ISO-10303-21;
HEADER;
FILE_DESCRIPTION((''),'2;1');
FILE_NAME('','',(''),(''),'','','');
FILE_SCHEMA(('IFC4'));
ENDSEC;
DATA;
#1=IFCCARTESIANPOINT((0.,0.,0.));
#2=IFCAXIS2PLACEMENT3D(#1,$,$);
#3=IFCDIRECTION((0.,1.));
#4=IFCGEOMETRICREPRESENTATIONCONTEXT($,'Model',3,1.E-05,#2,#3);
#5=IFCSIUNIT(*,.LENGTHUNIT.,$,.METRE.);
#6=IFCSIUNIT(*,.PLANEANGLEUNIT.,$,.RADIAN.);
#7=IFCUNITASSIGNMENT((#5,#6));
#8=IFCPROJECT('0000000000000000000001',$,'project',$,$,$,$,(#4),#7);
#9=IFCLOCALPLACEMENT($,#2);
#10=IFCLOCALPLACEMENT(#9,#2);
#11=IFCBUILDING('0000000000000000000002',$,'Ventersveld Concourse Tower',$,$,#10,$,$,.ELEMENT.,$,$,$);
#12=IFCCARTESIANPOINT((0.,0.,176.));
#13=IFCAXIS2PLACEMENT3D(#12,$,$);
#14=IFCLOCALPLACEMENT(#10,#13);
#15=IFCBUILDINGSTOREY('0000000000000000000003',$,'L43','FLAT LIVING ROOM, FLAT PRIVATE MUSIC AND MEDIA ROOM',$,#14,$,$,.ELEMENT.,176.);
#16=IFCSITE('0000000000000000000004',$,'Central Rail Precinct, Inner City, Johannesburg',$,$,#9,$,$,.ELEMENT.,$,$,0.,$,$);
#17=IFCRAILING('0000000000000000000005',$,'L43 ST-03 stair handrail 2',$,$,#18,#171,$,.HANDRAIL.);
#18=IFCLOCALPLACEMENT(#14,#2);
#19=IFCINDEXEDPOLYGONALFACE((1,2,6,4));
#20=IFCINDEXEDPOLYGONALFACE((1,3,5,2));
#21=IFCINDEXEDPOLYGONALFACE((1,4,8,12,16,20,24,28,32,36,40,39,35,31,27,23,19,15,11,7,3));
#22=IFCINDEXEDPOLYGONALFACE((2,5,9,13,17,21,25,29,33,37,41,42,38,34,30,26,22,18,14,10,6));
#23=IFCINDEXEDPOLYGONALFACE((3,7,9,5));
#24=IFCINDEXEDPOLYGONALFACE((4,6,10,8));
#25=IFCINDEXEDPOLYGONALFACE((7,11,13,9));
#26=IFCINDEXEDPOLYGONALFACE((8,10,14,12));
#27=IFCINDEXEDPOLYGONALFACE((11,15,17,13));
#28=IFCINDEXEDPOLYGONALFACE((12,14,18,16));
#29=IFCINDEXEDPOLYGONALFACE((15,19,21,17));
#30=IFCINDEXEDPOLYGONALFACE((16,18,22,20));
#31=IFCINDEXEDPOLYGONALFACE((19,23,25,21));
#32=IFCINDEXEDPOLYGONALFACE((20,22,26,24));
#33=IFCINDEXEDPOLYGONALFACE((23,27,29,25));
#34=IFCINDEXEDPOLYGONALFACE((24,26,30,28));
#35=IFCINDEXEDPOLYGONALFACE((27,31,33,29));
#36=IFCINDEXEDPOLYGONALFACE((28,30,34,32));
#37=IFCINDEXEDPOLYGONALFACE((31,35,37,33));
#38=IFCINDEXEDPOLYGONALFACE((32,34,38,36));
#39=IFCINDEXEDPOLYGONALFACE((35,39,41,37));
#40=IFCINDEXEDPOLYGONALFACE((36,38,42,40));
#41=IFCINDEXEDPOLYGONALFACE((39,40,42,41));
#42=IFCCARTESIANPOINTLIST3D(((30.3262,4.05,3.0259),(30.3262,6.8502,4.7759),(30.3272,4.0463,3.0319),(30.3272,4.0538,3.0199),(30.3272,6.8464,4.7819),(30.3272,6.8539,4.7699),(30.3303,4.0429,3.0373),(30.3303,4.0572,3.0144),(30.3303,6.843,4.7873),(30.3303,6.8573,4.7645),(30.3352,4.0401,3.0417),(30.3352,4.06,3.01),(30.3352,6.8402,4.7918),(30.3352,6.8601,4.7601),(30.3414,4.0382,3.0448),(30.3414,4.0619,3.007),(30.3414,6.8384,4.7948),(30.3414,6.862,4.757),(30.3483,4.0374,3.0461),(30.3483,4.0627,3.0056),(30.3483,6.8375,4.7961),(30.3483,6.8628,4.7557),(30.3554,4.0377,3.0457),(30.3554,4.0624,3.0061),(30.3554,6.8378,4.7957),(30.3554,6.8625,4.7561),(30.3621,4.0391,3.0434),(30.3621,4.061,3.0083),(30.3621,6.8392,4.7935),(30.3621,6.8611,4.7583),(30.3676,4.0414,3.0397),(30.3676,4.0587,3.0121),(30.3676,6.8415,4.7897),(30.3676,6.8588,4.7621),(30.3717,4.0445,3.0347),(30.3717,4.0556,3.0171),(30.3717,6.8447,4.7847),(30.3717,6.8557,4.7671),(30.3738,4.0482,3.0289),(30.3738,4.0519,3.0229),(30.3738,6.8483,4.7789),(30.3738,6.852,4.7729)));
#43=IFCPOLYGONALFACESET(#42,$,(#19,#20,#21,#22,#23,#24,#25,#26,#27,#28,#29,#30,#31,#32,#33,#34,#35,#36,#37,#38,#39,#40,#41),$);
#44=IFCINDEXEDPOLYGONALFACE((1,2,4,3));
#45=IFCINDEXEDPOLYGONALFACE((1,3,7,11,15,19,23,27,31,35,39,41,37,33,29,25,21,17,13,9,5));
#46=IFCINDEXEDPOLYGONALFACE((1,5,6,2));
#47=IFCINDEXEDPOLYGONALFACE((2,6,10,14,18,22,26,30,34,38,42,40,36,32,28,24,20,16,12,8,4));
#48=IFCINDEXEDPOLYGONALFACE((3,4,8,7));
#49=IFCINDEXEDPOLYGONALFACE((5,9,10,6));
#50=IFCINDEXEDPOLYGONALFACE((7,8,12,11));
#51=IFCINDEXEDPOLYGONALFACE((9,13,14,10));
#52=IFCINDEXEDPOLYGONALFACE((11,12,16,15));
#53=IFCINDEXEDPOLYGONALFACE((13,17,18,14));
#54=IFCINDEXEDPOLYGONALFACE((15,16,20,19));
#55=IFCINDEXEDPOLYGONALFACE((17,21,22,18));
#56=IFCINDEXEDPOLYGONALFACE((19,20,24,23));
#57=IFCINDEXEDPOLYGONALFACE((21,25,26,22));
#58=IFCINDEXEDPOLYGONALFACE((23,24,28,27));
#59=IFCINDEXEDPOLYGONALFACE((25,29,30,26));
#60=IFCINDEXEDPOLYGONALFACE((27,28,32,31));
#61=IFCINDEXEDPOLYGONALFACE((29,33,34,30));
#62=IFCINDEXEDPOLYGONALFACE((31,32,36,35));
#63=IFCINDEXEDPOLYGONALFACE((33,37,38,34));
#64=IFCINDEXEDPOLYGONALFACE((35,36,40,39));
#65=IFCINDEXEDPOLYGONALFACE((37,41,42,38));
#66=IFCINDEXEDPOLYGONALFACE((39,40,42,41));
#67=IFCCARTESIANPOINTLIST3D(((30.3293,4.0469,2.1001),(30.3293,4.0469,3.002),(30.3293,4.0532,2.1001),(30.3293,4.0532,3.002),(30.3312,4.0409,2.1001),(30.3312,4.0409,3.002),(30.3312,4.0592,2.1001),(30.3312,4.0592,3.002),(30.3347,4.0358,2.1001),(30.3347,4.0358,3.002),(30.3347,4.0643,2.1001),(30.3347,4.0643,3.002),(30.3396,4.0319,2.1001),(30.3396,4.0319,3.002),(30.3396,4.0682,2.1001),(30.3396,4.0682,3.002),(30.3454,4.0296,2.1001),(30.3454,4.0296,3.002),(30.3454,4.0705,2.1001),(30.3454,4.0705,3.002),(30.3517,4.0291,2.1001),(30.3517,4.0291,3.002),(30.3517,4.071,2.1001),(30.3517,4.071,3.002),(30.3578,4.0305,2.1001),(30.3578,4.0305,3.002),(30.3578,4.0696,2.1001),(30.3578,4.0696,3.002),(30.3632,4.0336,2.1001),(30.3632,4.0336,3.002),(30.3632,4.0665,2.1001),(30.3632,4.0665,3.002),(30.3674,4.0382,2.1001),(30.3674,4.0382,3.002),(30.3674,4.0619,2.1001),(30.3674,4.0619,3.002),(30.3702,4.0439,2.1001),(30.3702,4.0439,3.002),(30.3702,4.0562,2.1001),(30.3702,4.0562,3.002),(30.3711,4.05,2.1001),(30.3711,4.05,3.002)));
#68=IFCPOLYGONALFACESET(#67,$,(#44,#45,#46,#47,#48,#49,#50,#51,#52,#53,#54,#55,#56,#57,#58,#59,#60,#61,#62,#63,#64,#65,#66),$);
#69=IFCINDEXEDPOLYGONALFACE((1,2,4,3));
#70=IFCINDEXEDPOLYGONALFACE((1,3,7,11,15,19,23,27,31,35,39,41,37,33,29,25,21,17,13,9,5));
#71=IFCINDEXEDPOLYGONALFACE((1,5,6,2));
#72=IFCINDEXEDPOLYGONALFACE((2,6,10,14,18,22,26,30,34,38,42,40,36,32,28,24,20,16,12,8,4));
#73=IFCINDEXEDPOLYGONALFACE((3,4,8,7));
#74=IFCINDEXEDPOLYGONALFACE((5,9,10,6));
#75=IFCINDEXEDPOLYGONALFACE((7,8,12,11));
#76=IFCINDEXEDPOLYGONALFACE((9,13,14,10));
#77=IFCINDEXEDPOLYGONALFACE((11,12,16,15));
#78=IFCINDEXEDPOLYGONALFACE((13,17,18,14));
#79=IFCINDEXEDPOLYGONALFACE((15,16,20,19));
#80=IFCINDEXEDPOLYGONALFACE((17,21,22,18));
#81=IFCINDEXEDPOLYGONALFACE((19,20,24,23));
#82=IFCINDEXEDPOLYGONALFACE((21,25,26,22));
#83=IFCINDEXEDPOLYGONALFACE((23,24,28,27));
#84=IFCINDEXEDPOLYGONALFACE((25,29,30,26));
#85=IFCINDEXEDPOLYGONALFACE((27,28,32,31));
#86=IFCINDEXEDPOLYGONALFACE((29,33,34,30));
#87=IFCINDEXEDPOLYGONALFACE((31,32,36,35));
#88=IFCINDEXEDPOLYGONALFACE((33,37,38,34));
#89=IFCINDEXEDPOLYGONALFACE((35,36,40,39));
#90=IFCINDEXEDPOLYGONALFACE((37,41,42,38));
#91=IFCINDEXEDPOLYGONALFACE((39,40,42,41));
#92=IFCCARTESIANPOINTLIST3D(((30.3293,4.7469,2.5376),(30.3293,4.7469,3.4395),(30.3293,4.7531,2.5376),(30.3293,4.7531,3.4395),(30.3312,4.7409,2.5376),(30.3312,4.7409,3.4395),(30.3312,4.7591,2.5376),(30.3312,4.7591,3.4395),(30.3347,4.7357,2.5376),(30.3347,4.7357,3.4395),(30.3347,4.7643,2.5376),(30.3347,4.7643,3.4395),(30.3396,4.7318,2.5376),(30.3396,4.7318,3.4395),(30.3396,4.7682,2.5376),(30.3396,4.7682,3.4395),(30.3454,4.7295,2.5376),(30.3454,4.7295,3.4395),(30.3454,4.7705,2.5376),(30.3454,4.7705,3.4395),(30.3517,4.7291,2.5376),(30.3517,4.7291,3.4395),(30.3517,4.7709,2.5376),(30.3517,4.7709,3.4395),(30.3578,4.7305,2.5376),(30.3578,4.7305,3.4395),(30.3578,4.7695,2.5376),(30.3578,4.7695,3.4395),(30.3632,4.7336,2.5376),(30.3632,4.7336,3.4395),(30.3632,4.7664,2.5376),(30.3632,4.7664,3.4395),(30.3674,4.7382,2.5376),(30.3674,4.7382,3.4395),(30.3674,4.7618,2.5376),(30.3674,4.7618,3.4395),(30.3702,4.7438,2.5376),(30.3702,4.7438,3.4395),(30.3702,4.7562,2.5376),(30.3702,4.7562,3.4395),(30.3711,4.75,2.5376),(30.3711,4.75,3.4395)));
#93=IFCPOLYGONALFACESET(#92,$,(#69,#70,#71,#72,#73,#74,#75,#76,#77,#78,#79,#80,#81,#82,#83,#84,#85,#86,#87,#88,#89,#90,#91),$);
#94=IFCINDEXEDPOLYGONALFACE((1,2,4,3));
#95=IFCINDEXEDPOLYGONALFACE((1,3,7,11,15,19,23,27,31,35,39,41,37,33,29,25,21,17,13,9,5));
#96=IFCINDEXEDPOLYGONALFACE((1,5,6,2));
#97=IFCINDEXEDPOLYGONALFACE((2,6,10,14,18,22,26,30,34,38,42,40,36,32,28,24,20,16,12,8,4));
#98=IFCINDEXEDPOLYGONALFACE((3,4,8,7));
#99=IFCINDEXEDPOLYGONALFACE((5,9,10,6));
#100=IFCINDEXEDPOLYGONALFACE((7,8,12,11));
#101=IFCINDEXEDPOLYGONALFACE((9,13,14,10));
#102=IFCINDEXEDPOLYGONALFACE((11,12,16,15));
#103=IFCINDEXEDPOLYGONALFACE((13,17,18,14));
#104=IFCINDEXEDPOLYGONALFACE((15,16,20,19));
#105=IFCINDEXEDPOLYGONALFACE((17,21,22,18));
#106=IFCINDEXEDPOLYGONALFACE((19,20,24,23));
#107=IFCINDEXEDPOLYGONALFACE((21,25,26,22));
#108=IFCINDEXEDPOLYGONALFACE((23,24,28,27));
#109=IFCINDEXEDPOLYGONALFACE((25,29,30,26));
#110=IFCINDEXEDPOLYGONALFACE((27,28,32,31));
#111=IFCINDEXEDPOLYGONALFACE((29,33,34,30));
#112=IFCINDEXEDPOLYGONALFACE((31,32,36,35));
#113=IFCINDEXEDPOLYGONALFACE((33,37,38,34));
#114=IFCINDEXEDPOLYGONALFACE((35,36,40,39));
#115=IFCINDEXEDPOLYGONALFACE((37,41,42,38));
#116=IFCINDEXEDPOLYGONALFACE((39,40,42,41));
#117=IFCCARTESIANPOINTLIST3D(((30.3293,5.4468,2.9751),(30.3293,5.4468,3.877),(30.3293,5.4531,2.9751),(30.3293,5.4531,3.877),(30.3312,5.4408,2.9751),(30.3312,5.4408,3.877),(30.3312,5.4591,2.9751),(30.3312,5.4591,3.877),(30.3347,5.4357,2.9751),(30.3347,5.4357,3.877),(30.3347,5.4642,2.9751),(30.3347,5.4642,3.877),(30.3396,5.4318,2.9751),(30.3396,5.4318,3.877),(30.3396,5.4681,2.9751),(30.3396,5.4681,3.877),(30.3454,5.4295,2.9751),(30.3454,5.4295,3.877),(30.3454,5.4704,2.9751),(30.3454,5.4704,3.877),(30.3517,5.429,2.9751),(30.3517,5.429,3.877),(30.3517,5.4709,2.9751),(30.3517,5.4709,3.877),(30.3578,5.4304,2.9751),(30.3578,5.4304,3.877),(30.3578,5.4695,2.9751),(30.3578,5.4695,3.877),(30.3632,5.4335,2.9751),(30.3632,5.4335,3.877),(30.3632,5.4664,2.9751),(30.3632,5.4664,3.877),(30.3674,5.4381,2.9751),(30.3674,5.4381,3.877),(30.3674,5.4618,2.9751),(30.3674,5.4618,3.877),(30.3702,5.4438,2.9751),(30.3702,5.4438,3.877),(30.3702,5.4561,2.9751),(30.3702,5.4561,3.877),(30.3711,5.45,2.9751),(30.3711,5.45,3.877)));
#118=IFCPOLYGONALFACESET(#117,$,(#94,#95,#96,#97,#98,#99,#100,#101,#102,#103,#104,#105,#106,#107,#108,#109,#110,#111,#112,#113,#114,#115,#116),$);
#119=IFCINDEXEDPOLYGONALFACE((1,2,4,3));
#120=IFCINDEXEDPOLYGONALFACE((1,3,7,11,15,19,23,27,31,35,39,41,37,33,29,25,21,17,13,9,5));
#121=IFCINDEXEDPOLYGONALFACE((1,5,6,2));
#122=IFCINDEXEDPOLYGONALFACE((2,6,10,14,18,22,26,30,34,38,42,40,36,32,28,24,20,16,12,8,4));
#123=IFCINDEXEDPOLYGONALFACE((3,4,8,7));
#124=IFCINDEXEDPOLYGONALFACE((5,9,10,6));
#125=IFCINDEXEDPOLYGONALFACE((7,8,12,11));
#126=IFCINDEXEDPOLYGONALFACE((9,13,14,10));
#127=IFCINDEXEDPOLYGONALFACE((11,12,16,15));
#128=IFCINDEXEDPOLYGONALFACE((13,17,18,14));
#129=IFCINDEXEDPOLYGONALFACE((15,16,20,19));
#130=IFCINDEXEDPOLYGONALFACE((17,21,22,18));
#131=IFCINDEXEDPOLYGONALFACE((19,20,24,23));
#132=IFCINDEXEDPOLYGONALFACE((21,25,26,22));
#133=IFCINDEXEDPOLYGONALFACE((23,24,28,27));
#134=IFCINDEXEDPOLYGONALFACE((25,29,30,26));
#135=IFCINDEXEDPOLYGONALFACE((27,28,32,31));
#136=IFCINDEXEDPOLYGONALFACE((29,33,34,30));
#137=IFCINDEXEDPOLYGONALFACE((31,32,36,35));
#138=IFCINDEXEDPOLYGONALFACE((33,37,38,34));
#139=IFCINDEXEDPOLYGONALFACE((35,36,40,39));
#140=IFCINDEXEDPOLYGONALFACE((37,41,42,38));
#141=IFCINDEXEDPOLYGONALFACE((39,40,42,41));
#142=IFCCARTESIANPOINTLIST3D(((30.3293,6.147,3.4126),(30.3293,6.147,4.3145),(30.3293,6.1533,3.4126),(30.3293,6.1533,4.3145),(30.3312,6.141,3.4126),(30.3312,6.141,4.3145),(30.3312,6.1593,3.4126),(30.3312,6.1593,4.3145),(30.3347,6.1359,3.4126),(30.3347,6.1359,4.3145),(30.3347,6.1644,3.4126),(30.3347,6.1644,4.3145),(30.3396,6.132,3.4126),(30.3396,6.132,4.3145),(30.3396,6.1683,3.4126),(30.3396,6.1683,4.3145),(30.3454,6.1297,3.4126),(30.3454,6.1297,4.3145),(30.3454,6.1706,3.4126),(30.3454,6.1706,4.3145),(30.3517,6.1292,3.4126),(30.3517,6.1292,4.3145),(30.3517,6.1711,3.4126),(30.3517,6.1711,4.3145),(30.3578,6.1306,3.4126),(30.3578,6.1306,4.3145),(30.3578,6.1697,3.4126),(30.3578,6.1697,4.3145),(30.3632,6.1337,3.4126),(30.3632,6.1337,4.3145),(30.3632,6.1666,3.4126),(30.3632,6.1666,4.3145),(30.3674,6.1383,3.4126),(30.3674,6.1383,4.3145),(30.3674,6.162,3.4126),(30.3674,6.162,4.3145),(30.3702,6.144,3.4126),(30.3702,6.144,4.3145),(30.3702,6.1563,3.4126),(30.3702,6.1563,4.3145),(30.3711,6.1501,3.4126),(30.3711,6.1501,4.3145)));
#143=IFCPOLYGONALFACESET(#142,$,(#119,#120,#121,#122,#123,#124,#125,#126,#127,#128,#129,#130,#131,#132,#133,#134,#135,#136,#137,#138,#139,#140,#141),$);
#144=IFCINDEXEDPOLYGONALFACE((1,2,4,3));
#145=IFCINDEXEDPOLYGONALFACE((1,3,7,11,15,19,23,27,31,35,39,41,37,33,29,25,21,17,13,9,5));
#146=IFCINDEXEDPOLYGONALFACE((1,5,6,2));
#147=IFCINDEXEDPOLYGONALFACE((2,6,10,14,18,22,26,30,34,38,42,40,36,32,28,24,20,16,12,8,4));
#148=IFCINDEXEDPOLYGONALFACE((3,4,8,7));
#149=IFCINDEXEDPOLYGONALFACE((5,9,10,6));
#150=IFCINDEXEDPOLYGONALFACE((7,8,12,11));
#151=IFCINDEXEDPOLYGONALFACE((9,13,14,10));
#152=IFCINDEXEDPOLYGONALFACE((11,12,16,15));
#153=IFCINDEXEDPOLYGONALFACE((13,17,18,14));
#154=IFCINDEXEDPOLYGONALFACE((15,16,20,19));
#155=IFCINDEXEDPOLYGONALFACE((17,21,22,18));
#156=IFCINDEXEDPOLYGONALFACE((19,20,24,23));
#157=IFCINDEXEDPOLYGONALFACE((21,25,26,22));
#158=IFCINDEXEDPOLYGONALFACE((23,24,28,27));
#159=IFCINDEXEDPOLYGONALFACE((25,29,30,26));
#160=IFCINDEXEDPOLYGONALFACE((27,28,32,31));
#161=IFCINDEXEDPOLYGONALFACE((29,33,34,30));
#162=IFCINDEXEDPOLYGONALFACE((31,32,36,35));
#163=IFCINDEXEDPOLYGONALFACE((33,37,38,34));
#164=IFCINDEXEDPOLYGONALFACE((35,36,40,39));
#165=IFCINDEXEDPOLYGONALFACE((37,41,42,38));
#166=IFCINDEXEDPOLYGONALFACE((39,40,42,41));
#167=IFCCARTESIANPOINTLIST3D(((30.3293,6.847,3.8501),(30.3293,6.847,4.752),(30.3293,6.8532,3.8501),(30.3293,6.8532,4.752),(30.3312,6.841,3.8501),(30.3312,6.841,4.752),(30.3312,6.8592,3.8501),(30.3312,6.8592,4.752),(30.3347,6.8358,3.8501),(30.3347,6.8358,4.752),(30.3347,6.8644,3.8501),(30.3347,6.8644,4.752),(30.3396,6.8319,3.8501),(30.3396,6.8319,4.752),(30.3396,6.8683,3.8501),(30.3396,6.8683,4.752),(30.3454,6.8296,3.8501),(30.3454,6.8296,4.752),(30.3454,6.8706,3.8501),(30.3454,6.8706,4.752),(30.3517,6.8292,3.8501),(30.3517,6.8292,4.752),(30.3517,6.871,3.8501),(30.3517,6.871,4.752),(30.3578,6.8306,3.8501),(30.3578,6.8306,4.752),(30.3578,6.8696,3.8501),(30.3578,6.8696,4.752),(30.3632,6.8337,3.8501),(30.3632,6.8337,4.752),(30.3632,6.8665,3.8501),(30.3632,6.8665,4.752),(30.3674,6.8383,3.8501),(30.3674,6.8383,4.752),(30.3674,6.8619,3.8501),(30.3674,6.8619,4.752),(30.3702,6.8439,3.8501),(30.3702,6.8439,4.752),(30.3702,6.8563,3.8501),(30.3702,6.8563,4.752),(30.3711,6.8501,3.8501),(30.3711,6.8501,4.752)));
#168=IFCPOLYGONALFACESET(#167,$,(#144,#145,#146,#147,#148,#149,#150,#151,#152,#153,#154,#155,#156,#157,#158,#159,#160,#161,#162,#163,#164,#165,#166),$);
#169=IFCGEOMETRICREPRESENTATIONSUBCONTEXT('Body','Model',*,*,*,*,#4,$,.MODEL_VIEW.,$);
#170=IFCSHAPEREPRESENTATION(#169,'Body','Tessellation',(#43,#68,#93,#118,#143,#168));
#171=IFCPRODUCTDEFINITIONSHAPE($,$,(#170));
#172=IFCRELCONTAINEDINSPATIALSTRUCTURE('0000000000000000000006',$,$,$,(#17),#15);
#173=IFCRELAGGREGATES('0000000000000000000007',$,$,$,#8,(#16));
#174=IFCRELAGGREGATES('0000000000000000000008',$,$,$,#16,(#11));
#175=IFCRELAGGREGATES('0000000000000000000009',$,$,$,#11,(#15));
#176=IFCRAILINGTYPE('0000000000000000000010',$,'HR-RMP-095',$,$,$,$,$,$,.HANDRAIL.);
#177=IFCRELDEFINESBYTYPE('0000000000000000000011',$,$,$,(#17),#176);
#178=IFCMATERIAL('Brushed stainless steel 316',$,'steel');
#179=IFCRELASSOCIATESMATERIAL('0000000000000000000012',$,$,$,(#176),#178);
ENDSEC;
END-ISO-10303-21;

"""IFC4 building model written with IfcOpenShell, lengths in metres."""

from ifc_helpers import new_model, si_unit, direction, frame, origin, origin_2d, place, context, subcontext, project, spatial, circle, extrude, material, type_object, element, save


model = new_model("IFC4")

# Units and contexts
model_context = context("Model", 3, precision=1e-05, world=origin(), true_north=direction((0.0, 1.0)))
body_context = subcontext(model_context, "Body", "Model", "MODEL_VIEW")
ifc_project = project(units=[si_unit("LENGTHUNIT", "METRE"), si_unit("PLANEANGLEUNIT", "RADIAN")], contexts=[model_context])

# Site, building, storey
site_placement = place(None, origin())
site = spatial("IfcSite", under=ifc_project, at=site_placement, Name="Central Rail Precinct, Inner City, Johannesburg", CompositionType="ELEMENT", RefElevation=0.0)
building_placement = place(site_placement, origin())
building = spatial("IfcBuilding", under=site, at=building_placement, Name="Ventersveld Concourse Tower", CompositionType="ELEMENT")
storey_placement = place(building_placement, frame((0.0, 0.0, 176.0)))
storey = spatial("IfcBuildingStorey", under=building, at=storey_placement, Name="L43", Description="FLAT LIVING ROOM, FLAT PRIVATE MUSIC AND MEDIA ROOM", CompositionType="ELEMENT", Elevation=176.0)

# Shared definitions
ifc_material_1 = material(Name="Brushed stainless steel 316", Category="steel")

# Railing
railing_type_1 = type_object("IfcRailingType", Name="HR-RMP-095", PredefinedType="HANDRAIL", material=ifc_material_1)
railing_1_placement = place(storey_placement, frame((30.3501, 4.05, 2.1001)))
element("IfcRailing", 1, at=railing_1_placement, inside=storey, type_object=railing_type_1, Name="L43 ST-03 stair handrail 2", PredefinedType="HANDRAIL", context=body_context, shape_type="SweptSolid", body=[
    extrude(circle(Radius=0.0239, at=origin_2d()), frame((0.0, 0.0, 0.9258), z_axis=(0.0, 0.848002, 0.529992), x_axis=(-1.0, 0.0, 0.0)), (0.0, 0.0, 1.0), 3.302),
    extrude(circle(Radius=0.021, at=origin_2d()), origin(), (0.0, 0.0, 1.0), 0.9019),
    extrude(circle(Radius=0.021, at=origin_2d()), frame((0.0, 0.7, 0.4375)), (0.0, 0.0, 1.0), 0.9019),
    extrude(circle(Radius=0.021, at=origin_2d()), frame((0.0, 1.3999, 0.875)), (0.0, 0.0, 1.0), 0.9019),
    extrude(circle(Radius=0.021, at=origin_2d()), frame((0.0, 2.1001, 1.3125)), (0.0, 0.0, 1.0), 0.9019),
    extrude(circle(Radius=0.021, at=origin_2d()), frame((0.0, 2.8, 1.75)), (0.0, 0.0, 1.0), 0.9019),
])

save(model, "model.ifc")
